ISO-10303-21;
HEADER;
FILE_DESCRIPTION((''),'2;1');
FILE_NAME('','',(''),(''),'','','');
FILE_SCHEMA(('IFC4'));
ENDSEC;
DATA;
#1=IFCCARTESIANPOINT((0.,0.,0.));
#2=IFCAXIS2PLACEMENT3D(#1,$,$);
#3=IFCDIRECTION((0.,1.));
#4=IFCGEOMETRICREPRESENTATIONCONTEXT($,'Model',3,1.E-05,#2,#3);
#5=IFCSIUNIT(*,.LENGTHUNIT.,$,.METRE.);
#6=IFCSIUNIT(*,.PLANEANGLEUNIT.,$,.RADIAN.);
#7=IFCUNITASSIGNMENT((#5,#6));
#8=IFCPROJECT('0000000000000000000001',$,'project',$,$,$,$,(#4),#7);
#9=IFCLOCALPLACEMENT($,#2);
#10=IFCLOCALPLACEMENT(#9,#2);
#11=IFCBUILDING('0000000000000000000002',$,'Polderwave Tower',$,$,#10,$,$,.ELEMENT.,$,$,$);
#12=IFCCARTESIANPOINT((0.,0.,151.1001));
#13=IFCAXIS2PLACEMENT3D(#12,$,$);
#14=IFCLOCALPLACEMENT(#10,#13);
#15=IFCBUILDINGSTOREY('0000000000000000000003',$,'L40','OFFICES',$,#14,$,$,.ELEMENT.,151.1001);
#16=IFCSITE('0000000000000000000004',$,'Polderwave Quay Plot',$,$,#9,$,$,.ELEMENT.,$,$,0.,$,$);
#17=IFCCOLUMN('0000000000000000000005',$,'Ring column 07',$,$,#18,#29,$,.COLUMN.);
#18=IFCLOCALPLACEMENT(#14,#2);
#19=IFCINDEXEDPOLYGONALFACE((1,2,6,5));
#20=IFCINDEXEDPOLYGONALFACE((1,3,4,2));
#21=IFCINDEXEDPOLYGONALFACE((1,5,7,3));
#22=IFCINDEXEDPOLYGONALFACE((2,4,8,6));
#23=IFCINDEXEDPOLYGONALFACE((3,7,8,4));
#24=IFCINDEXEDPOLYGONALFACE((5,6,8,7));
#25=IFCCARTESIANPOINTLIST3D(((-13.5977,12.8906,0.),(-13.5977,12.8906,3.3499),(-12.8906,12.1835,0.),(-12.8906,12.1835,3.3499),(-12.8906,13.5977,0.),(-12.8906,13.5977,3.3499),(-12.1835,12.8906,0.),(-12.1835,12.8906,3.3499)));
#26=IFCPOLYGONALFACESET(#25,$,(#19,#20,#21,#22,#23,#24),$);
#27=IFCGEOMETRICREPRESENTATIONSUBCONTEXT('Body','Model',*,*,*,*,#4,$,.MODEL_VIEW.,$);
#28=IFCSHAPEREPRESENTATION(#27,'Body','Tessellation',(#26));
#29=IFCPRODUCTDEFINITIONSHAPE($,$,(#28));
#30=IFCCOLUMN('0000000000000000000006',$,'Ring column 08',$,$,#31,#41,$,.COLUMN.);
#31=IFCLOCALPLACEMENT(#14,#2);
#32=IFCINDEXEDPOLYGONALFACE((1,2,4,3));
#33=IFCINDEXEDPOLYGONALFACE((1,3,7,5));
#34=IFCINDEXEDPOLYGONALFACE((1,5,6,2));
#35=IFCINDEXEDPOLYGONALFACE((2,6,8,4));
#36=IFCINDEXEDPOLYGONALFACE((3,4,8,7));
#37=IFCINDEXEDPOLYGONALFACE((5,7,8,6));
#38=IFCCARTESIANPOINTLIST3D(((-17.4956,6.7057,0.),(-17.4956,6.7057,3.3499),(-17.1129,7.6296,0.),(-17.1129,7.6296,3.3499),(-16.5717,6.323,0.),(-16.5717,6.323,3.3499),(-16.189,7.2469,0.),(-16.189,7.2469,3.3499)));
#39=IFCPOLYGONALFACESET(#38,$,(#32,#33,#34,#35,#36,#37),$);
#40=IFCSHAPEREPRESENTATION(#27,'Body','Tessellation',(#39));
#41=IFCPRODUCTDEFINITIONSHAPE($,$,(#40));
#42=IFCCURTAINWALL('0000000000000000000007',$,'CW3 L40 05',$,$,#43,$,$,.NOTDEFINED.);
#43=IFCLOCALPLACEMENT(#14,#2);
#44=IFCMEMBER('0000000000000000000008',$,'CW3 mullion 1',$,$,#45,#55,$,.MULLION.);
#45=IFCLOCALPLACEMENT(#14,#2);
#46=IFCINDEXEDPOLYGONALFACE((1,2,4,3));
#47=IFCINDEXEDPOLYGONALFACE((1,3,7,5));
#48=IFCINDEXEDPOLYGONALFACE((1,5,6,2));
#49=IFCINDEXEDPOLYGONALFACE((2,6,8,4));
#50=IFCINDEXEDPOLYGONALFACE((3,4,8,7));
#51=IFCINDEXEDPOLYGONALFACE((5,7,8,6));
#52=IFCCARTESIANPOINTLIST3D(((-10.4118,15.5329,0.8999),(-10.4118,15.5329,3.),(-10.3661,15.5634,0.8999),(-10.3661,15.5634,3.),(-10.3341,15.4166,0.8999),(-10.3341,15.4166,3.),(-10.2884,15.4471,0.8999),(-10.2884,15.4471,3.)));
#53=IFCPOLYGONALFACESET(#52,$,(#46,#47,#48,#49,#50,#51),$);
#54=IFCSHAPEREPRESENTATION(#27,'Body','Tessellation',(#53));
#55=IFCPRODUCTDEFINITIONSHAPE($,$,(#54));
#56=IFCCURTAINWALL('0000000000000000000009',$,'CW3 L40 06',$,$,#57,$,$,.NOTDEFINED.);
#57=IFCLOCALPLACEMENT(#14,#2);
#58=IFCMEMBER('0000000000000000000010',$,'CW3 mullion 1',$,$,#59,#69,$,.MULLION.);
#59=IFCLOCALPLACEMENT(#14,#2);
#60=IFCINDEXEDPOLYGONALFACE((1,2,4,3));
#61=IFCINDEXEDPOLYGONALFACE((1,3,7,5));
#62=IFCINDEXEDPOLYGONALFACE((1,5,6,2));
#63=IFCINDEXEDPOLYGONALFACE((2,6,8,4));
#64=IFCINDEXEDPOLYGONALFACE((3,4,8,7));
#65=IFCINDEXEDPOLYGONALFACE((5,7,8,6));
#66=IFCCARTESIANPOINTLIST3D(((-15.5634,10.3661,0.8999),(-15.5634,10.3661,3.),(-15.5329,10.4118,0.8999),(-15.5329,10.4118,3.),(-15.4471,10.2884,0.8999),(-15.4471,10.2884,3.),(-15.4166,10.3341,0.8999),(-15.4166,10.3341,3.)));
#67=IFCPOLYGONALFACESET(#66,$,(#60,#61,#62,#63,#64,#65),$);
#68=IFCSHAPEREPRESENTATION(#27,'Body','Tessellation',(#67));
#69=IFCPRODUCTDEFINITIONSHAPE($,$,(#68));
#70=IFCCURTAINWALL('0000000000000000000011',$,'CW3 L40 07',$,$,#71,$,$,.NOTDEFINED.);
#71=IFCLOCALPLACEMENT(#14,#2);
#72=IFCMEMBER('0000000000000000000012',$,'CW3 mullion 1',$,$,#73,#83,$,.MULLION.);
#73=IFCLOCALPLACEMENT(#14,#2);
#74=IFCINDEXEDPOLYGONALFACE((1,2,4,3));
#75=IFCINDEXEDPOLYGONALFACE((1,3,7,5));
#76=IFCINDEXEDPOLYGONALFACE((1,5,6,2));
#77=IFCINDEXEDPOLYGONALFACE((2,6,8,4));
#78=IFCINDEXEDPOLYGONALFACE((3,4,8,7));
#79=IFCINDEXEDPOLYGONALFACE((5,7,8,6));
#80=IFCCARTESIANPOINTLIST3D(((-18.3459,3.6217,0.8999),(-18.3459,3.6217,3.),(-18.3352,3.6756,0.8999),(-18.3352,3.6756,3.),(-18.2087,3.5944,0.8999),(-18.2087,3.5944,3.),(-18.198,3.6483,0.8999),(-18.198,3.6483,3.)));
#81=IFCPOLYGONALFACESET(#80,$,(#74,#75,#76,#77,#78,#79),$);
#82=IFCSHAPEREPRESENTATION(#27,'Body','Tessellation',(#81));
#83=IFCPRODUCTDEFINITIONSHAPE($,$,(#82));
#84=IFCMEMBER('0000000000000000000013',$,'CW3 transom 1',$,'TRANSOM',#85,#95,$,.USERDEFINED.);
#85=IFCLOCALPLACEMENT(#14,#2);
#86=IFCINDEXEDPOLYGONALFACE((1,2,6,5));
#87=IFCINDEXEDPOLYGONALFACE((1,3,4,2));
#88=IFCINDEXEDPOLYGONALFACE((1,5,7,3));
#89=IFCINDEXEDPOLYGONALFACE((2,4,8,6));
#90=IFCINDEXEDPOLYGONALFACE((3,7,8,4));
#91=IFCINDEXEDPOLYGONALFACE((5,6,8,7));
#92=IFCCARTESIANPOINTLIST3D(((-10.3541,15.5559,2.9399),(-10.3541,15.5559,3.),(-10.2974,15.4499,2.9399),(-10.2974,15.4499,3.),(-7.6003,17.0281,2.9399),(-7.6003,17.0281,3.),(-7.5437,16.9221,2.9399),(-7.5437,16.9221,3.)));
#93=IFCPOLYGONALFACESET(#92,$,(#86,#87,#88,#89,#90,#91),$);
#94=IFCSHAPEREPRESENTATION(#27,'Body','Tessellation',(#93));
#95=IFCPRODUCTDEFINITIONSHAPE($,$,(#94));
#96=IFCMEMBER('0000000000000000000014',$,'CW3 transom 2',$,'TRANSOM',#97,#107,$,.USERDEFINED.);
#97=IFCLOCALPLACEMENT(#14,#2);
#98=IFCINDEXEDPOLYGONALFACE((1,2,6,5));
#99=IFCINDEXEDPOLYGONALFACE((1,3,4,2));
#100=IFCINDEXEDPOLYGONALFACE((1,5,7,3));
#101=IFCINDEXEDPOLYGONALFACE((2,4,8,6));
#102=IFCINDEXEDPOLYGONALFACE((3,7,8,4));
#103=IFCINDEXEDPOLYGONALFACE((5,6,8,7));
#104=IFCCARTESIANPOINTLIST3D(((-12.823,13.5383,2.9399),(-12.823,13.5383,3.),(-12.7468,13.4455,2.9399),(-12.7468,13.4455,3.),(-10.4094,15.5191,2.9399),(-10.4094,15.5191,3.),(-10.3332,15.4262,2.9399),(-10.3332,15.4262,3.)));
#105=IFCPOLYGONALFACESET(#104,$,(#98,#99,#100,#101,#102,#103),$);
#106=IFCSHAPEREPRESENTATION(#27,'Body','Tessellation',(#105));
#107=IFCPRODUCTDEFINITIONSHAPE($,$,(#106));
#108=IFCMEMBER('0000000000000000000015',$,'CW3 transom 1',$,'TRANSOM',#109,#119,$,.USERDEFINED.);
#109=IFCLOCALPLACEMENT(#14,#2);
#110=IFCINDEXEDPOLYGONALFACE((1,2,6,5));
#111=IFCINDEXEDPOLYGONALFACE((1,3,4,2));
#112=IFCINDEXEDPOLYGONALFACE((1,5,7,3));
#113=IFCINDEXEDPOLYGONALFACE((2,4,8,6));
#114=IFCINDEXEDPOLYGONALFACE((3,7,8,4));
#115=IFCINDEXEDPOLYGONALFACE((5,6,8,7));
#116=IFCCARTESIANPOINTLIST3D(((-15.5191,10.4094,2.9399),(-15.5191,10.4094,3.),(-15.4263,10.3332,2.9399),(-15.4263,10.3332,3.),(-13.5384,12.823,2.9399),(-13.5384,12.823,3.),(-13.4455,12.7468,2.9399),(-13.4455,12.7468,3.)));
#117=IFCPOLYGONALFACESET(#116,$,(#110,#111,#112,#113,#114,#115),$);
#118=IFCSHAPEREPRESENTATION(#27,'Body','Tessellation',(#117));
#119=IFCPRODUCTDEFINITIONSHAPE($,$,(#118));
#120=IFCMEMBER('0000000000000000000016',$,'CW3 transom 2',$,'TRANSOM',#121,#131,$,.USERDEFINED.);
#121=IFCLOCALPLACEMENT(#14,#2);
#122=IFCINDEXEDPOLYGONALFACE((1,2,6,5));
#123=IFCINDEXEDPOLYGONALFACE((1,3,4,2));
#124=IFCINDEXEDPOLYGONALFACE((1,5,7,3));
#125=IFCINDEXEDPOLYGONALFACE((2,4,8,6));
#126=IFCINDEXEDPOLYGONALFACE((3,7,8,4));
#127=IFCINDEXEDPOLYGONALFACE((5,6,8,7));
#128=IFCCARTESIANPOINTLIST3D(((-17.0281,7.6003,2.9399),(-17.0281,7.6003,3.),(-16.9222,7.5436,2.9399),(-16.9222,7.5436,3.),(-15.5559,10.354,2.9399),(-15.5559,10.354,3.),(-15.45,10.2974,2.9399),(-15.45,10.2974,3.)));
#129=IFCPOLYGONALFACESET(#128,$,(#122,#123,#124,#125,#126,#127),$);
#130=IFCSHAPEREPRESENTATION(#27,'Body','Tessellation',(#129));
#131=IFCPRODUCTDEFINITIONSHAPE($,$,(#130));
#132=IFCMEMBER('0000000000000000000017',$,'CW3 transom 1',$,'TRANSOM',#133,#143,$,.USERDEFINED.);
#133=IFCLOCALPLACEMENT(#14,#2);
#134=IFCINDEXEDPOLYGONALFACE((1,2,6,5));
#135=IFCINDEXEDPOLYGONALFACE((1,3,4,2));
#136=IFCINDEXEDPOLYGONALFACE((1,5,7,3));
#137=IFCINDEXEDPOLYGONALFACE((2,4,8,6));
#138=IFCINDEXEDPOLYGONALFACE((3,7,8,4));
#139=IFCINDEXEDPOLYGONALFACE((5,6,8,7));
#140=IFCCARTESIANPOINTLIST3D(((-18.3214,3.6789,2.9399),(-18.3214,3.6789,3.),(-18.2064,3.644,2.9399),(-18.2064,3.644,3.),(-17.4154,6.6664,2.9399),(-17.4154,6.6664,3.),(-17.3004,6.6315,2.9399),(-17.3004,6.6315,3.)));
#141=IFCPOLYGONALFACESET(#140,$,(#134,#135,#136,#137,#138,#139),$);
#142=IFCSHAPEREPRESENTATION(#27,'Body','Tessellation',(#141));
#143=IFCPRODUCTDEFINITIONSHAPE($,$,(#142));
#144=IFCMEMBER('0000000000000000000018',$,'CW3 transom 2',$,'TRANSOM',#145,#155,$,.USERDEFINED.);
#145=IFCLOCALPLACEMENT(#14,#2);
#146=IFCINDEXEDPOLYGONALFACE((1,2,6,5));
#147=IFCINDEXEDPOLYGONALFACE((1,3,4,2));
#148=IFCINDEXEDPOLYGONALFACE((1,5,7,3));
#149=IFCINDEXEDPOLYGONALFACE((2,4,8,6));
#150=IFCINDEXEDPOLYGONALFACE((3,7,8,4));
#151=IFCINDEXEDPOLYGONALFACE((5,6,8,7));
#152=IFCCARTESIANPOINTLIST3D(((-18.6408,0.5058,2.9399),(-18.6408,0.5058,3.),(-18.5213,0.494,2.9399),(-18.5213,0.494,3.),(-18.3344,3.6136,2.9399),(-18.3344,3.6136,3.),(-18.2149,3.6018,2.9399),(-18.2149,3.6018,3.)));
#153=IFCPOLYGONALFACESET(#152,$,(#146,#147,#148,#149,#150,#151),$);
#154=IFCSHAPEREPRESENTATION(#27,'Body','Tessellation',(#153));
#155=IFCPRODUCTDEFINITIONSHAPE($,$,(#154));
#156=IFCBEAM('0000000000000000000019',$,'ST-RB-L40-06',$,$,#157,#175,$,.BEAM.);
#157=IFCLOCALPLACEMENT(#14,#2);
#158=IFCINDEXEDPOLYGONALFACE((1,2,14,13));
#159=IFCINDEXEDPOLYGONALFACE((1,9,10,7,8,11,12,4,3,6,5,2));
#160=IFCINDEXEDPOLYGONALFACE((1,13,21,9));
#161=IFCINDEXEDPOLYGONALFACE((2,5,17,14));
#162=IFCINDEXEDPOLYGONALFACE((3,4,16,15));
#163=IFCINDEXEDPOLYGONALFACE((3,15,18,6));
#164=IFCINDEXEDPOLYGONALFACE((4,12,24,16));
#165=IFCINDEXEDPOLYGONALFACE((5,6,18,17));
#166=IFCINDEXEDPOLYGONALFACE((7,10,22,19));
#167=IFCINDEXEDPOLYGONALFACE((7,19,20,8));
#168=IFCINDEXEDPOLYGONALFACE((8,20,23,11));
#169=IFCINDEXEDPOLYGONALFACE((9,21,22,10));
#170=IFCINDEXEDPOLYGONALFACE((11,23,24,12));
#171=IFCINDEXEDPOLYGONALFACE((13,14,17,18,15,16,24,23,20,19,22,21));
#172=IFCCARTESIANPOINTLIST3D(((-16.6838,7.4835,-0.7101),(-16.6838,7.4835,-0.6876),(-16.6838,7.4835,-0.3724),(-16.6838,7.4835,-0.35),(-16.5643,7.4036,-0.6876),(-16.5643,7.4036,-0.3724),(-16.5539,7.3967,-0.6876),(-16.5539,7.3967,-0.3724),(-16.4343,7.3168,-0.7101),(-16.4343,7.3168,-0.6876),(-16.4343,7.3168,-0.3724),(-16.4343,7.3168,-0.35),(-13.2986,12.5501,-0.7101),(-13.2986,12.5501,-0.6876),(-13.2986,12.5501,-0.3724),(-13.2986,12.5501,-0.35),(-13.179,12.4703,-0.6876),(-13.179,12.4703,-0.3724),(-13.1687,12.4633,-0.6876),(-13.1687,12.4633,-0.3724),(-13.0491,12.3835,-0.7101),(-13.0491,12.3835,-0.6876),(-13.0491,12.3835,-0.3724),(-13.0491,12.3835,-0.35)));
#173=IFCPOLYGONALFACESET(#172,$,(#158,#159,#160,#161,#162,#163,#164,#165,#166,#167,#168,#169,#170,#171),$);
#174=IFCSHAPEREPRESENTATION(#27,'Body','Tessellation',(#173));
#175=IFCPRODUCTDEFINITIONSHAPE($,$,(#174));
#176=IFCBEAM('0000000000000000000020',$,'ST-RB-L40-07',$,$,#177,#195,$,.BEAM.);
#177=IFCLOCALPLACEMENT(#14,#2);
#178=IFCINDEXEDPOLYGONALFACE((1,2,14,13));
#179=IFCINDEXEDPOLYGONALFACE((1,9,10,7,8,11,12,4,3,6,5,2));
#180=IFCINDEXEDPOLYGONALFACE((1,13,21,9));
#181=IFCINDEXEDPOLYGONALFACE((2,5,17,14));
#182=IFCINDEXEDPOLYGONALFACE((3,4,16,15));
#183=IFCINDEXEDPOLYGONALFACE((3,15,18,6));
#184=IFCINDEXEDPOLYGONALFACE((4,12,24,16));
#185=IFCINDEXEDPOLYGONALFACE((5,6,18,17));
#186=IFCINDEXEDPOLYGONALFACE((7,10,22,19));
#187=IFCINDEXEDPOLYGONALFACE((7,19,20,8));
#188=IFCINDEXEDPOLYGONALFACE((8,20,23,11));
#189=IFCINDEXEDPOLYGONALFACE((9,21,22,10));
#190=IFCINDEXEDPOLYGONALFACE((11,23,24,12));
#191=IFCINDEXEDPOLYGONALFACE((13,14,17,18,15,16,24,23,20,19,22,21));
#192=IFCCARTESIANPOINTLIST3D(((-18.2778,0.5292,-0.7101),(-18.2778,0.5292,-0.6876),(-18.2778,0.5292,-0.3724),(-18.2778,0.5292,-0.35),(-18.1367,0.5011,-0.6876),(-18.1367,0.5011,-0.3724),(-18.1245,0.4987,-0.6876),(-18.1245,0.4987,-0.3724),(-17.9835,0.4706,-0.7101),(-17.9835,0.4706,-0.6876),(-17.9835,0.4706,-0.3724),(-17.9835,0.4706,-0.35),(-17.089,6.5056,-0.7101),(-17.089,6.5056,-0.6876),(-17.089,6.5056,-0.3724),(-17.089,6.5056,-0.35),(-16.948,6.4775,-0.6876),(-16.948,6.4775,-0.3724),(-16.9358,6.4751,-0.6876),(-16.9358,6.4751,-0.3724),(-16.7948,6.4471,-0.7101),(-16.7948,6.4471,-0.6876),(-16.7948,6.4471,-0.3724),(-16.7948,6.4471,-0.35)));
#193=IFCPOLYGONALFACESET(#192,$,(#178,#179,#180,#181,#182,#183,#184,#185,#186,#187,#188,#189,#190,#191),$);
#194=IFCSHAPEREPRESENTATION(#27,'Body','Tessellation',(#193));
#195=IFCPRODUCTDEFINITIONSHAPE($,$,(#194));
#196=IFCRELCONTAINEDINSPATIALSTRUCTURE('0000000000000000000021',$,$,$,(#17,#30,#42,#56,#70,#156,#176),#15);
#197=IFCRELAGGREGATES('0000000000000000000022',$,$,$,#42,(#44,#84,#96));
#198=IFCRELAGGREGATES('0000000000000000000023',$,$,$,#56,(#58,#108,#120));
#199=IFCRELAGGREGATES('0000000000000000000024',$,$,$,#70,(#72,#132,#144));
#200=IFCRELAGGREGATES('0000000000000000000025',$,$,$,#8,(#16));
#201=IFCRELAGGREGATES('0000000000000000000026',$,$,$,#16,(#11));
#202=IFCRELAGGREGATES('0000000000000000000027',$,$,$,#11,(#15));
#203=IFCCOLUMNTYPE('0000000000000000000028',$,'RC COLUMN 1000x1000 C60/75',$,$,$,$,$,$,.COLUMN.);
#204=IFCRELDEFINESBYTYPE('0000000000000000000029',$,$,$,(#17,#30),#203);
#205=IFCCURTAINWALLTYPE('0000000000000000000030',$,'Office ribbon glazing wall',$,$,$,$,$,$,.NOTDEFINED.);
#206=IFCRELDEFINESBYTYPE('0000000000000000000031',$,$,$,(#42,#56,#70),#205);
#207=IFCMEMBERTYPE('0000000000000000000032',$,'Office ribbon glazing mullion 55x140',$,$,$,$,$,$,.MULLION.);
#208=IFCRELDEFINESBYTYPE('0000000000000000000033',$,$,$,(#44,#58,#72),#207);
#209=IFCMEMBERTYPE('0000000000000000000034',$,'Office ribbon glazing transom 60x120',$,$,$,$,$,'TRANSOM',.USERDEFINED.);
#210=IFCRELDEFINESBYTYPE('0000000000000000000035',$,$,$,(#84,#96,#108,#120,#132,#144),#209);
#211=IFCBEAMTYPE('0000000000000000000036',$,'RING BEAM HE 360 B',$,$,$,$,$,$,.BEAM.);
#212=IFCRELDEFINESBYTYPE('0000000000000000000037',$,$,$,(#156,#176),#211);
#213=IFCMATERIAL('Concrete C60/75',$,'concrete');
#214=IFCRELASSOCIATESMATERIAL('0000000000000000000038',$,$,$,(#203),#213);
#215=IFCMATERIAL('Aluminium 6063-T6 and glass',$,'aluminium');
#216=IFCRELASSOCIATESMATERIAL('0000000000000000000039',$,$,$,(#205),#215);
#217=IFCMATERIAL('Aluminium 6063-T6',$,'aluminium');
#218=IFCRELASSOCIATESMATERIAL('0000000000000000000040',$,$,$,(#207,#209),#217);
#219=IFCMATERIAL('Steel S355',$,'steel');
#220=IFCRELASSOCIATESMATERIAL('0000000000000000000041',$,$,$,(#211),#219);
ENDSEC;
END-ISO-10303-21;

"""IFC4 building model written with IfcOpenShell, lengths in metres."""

from ifc_helpers import new_model, si_unit, direction, frame, origin, origin_2d, place, context, subcontext, project, spatial, rectangle, i_section, extrude, material, material_profile, profile_set, type_object, element, aggregate, save


model = new_model("IFC4")

# Units and contexts
model_context = context("Model", 3, precision=1e-05, world=origin(), true_north=direction((0.0, 1.0)))
body_context = subcontext(model_context, "Body", "Model", "MODEL_VIEW")
ifc_project = project(units=[si_unit("LENGTHUNIT", "METRE"), si_unit("PLANEANGLEUNIT", "RADIAN")], contexts=[model_context])

# Site, building, storey
site_placement = place(None, origin())
site = spatial("IfcSite", under=ifc_project, at=site_placement, Name="Polderwave Quay Plot", CompositionType="ELEMENT", RefElevation=0.0)
building_placement = place(site_placement, origin())
building = spatial("IfcBuilding", under=site, at=building_placement, Name="Polderwave Tower", CompositionType="ELEMENT")
storey_placement = place(building_placement, frame((0.0, 0.0, 151.1001)))
storey = spatial("IfcBuildingStorey", under=building, at=storey_placement, Name="L40", Description="OFFICES", CompositionType="ELEMENT", Elevation=151.1001)

# Columns
ifc_material_1 = material(Name="Concrete C60/75", Category="concrete")
ifc_material_profile_1 = material_profile(ifc_material_1, rectangle(XDim=1.0, YDim=1.0, at=origin_2d()), Name="RC 1000x1000")
ifc_profile_set_1 = profile_set([ifc_material_profile_1], Name="Concrete C60/75")
column_type = type_object("IfcColumnType", Name="RC COLUMN 1000x1000 C60/75", PredefinedType="COLUMN", material=ifc_profile_set_1)
for number, where, z_axis, x_axis, name in (
    (1, (-12.8906, 12.8906, 0.0), (0.0, 0.0, 1.0), (-0.707107, 0.707107, 0.0), "Ring column 07"),
    (2, (-16.8423, 6.9763, 0.0), (0.0, 0.0, 1.0), (-0.92388, 0.382683, 0.0), "Ring column 08"),
):
    element("IfcColumn", number, at=place(storey_placement, frame(where, z_axis=z_axis, x_axis=x_axis)), inside=storey, type_object=column_type, Name=name, PredefinedType="COLUMN", context=body_context, shape_type="SweptSolid", body=[
        extrude(rectangle(XDim=1.0, YDim=1.0, at=origin_2d()), origin(), (0.0, 0.0, 1.0), 3.3499),
    ])

# Curtain walls, members
ifc_material_2 = material(Name="Aluminium 6063-T6 and glass", Category="aluminium")
curtain_wall_type = type_object("IfcCurtainWallType", Name="Office ribbon glazing wall", PredefinedType="NOTDEFINED", material=ifc_material_2)
curtain_wall_1_placement = place(storey_placement, origin())
curtain_wall_1 = element("IfcCurtainWall", 3, at=curtain_wall_1_placement, inside=storey, type_object=curtain_wall_type, Name="CW3 L40 05", PredefinedType="NOTDEFINED")
ifc_material_3 = material(Name="Aluminium 6063-T6", Category="aluminium")
ifc_material_profile_2 = material_profile(ifc_material_3, rectangle(XDim=0.1399, YDim=0.0549, at=origin_2d()), Name="AL 55x140")
ifc_profile_set_2 = profile_set([ifc_material_profile_2], Name="Aluminium 6063-T6")
member_type_1 = type_object("IfcMemberType", Name="Office ribbon glazing mullion 55x140", PredefinedType="MULLION", material=ifc_profile_set_2)
member_1_placement = place(storey_placement, frame((-10.3501, 15.49, 0.8999), z_axis=(0.0, 0.0, 1.0), x_axis=(0.555548, -0.831484, 0.0)))
member_1 = element("IfcMember", 4, at=member_1_placement, type_object=member_type_1, Name="CW3 mullion 1", PredefinedType="MULLION", context=body_context, shape_type="SweptSolid", body=[
    extrude(rectangle(XDim=0.1399, YDim=0.0549, at=origin_2d()), origin(), (0.0, 0.0, 1.0), 2.1001),
])
curtain_wall_2_placement = place(storey_placement, origin())
curtain_wall_2 = element("IfcCurtainWall", 5, at=curtain_wall_2_placement, inside=storey, type_object=curtain_wall_type, Name="CW3 L40 06", PredefinedType="NOTDEFINED")
member_2_placement = place(storey_placement, frame((-15.49, 10.3501, 0.8999), z_axis=(0.0, 0.0, 1.0), x_axis=(0.831484, -0.555548, 0.0)))
member_2 = element("IfcMember", 6, at=member_2_placement, type_object=member_type_1, Name="CW3 mullion 1", PredefinedType="MULLION", context=body_context, shape_type="SweptSolid", body=[
    extrude(rectangle(XDim=0.1399, YDim=0.0549, at=origin_2d()), origin(), (0.0, 0.0, 1.0), 2.1001),
])
curtain_wall_3_placement = place(storey_placement, origin())
curtain_wall_3 = element("IfcCurtainWall", 7, at=curtain_wall_3_placement, inside=storey, type_object=curtain_wall_type, Name="CW3 L40 07", PredefinedType="NOTDEFINED")
member_3_placement = place(storey_placement, frame((-18.272, 3.635, 0.8999), z_axis=(0.0, 0.0, 1.0), x_axis=(0.980787, -0.195083, 0.0)))
member_3 = element("IfcMember", 8, at=member_3_placement, type_object=member_type_1, Name="CW3 mullion 1", PredefinedType="MULLION", context=body_context, shape_type="SweptSolid", body=[
    extrude(rectangle(XDim=0.1399, YDim=0.0549, at=origin_2d()), origin(), (0.0, 0.0, 1.0), 2.1001),
])

# Members
ifc_material_profile_3 = material_profile(ifc_material_3, rectangle(XDim=0.1201, YDim=0.0601, at=origin_2d()), Name="AL 60x120")
ifc_profile_set_3 = profile_set([ifc_material_profile_3], Name="Aluminium 6063-T6")
member_type_2 = type_object("IfcMemberType", Name="Office ribbon glazing transom 60x120", ElementType="TRANSOM", PredefinedType="USERDEFINED", material=ifc_profile_set_3)
member_4_placement = place(storey_placement, frame((-7.572, 16.9751, 2.97), z_axis=(-0.881881, -0.471473, 0.0), x_axis=(0.471473, -0.881881, 0.0)))
member_4 = element("IfcMember", 9, at=member_4_placement, type_object=member_type_2, Name="CW3 transom 1", ObjectType="TRANSOM", PredefinedType="USERDEFINED", context=body_context, shape_type="SweptSolid", body=[
    extrude(rectangle(XDim=0.1201, YDim=0.0601, at=origin_2d()), origin(), (0.0, 0.0, 1.0), 3.1226),
])
member_5_placement = place(storey_placement, frame((-10.3713, 15.4727, 2.97), z_axis=(-0.773019, -0.634383, 0.0), x_axis=(0.634383, -0.773019, 0.0)))
member_5 = element("IfcMember", 10, at=member_5_placement, type_object=member_type_2, Name="CW3 transom 2", ObjectType="TRANSOM", PredefinedType="USERDEFINED", context=body_context, shape_type="SweptSolid", body=[
    extrude(rectangle(XDim=0.1201, YDim=0.0601, at=origin_2d()), origin(), (0.0, 0.0, 1.0), 3.1223),
])
member_6_placement = place(storey_placement, frame((-13.4919, 12.7849, 2.97), z_axis=(-0.634383, -0.773019, 0.0), x_axis=(0.773019, -0.634383, 0.0)))
member_6 = element("IfcMember", 11, at=member_6_placement, type_object=member_type_2, Name="CW3 transom 1", ObjectType="TRANSOM", PredefinedType="USERDEFINED", context=body_context, shape_type="SweptSolid", body=[
    extrude(rectangle(XDim=0.1201, YDim=0.0601, at=origin_2d()), origin(), (0.0, 0.0, 1.0), 3.1223),
])
member_7_placement = place(storey_placement, frame((-15.5029, 10.3257, 2.97), z_axis=(-0.471473, -0.881881, 0.0), x_axis=(0.881881, -0.471473, 0.0)))
member_7 = element("IfcMember", 12, at=member_7_placement, type_object=member_type_2, Name="CW3 transom 2", ObjectType="TRANSOM", PredefinedType="USERDEFINED", context=body_context, shape_type="SweptSolid", body=[
    extrude(rectangle(XDim=0.1201, YDim=0.0601, at=origin_2d()), origin(), (0.0, 0.0, 1.0), 3.1226),
])
member_8_placement = place(storey_placement, frame((-17.3579, 6.6489, 2.97), z_axis=(-0.290209, -0.956963, 0.0), x_axis=(0.956963, -0.290209, 0.0)))
member_8 = element("IfcMember", 13, at=member_8_placement, type_object=member_type_2, Name="CW3 transom 1", ObjectType="TRANSOM", PredefinedType="USERDEFINED", context=body_context, shape_type="SweptSolid", body=[
    extrude(rectangle(XDim=0.1201, YDim=0.0601, at=origin_2d()), origin(), (0.0, 0.0, 1.0), 3.1218),
])
member_9_placement = place(storey_placement, frame((-18.2747, 3.6077, 2.97), z_axis=(-0.098118, -0.995175, 0.0), x_axis=(0.995175, -0.098118, 0.0)))
member_9 = element("IfcMember", 14, at=member_9_placement, type_object=member_type_2, Name="CW3 transom 2", ObjectType="TRANSOM", PredefinedType="USERDEFINED", context=body_context, shape_type="SweptSolid", body=[
    extrude(rectangle(XDim=0.1201, YDim=0.0601, at=origin_2d()), origin(), (0.0, 0.0, 1.0), 3.1228),
])

# Beams
ifc_material_4 = material(Name="Steel S355", Category="steel")
ifc_material_profile_4 = material_profile(ifc_material_4, i_section(OverallWidth=0.3, OverallDepth=0.3601, WebThickness=0.0125, FlangeThickness=0.0225, at=origin_2d()), Name="HE 360 B")
ifc_profile_set_4 = profile_set([ifc_material_profile_4], Name="Steel S355")
beam_type = type_object("IfcBeamType", Name="RING BEAM HE 360 B", PredefinedType="BEAM", material=ifc_profile_set_4)
for number, where, z_axis, x_axis, name in (
    (15, (-13.1738, 12.4668, -0.53), (-0.555551, -0.831483, 0.0), (0.831483, -0.555551, 0.0), "ST-RB-L40-06"),
    (16, (-16.9419, 6.4763, -0.53), (-0.195084, -0.980787, 0.0), (0.980787, -0.195084, 0.0), "ST-RB-L40-07"),
):
    element("IfcBeam", number, at=place(storey_placement, frame(where, z_axis=z_axis, x_axis=x_axis)), inside=storey, type_object=beam_type, Name=name, PredefinedType="BEAM", context=body_context, shape_type="SweptSolid", body=[
        extrude(i_section(OverallWidth=0.3, OverallDepth=0.3601, WebThickness=0.0125, FlangeThickness=0.0225, at=origin_2d()), origin(), (0.0, 0.0, 1.0), 6.0935),
    ])

aggregate(curtain_wall_1, [member_1, member_4, member_5])
aggregate(curtain_wall_2, [member_2, member_6, member_7])
aggregate(curtain_wall_3, [member_3, member_8, member_9])

save(model, "model.ifc")
